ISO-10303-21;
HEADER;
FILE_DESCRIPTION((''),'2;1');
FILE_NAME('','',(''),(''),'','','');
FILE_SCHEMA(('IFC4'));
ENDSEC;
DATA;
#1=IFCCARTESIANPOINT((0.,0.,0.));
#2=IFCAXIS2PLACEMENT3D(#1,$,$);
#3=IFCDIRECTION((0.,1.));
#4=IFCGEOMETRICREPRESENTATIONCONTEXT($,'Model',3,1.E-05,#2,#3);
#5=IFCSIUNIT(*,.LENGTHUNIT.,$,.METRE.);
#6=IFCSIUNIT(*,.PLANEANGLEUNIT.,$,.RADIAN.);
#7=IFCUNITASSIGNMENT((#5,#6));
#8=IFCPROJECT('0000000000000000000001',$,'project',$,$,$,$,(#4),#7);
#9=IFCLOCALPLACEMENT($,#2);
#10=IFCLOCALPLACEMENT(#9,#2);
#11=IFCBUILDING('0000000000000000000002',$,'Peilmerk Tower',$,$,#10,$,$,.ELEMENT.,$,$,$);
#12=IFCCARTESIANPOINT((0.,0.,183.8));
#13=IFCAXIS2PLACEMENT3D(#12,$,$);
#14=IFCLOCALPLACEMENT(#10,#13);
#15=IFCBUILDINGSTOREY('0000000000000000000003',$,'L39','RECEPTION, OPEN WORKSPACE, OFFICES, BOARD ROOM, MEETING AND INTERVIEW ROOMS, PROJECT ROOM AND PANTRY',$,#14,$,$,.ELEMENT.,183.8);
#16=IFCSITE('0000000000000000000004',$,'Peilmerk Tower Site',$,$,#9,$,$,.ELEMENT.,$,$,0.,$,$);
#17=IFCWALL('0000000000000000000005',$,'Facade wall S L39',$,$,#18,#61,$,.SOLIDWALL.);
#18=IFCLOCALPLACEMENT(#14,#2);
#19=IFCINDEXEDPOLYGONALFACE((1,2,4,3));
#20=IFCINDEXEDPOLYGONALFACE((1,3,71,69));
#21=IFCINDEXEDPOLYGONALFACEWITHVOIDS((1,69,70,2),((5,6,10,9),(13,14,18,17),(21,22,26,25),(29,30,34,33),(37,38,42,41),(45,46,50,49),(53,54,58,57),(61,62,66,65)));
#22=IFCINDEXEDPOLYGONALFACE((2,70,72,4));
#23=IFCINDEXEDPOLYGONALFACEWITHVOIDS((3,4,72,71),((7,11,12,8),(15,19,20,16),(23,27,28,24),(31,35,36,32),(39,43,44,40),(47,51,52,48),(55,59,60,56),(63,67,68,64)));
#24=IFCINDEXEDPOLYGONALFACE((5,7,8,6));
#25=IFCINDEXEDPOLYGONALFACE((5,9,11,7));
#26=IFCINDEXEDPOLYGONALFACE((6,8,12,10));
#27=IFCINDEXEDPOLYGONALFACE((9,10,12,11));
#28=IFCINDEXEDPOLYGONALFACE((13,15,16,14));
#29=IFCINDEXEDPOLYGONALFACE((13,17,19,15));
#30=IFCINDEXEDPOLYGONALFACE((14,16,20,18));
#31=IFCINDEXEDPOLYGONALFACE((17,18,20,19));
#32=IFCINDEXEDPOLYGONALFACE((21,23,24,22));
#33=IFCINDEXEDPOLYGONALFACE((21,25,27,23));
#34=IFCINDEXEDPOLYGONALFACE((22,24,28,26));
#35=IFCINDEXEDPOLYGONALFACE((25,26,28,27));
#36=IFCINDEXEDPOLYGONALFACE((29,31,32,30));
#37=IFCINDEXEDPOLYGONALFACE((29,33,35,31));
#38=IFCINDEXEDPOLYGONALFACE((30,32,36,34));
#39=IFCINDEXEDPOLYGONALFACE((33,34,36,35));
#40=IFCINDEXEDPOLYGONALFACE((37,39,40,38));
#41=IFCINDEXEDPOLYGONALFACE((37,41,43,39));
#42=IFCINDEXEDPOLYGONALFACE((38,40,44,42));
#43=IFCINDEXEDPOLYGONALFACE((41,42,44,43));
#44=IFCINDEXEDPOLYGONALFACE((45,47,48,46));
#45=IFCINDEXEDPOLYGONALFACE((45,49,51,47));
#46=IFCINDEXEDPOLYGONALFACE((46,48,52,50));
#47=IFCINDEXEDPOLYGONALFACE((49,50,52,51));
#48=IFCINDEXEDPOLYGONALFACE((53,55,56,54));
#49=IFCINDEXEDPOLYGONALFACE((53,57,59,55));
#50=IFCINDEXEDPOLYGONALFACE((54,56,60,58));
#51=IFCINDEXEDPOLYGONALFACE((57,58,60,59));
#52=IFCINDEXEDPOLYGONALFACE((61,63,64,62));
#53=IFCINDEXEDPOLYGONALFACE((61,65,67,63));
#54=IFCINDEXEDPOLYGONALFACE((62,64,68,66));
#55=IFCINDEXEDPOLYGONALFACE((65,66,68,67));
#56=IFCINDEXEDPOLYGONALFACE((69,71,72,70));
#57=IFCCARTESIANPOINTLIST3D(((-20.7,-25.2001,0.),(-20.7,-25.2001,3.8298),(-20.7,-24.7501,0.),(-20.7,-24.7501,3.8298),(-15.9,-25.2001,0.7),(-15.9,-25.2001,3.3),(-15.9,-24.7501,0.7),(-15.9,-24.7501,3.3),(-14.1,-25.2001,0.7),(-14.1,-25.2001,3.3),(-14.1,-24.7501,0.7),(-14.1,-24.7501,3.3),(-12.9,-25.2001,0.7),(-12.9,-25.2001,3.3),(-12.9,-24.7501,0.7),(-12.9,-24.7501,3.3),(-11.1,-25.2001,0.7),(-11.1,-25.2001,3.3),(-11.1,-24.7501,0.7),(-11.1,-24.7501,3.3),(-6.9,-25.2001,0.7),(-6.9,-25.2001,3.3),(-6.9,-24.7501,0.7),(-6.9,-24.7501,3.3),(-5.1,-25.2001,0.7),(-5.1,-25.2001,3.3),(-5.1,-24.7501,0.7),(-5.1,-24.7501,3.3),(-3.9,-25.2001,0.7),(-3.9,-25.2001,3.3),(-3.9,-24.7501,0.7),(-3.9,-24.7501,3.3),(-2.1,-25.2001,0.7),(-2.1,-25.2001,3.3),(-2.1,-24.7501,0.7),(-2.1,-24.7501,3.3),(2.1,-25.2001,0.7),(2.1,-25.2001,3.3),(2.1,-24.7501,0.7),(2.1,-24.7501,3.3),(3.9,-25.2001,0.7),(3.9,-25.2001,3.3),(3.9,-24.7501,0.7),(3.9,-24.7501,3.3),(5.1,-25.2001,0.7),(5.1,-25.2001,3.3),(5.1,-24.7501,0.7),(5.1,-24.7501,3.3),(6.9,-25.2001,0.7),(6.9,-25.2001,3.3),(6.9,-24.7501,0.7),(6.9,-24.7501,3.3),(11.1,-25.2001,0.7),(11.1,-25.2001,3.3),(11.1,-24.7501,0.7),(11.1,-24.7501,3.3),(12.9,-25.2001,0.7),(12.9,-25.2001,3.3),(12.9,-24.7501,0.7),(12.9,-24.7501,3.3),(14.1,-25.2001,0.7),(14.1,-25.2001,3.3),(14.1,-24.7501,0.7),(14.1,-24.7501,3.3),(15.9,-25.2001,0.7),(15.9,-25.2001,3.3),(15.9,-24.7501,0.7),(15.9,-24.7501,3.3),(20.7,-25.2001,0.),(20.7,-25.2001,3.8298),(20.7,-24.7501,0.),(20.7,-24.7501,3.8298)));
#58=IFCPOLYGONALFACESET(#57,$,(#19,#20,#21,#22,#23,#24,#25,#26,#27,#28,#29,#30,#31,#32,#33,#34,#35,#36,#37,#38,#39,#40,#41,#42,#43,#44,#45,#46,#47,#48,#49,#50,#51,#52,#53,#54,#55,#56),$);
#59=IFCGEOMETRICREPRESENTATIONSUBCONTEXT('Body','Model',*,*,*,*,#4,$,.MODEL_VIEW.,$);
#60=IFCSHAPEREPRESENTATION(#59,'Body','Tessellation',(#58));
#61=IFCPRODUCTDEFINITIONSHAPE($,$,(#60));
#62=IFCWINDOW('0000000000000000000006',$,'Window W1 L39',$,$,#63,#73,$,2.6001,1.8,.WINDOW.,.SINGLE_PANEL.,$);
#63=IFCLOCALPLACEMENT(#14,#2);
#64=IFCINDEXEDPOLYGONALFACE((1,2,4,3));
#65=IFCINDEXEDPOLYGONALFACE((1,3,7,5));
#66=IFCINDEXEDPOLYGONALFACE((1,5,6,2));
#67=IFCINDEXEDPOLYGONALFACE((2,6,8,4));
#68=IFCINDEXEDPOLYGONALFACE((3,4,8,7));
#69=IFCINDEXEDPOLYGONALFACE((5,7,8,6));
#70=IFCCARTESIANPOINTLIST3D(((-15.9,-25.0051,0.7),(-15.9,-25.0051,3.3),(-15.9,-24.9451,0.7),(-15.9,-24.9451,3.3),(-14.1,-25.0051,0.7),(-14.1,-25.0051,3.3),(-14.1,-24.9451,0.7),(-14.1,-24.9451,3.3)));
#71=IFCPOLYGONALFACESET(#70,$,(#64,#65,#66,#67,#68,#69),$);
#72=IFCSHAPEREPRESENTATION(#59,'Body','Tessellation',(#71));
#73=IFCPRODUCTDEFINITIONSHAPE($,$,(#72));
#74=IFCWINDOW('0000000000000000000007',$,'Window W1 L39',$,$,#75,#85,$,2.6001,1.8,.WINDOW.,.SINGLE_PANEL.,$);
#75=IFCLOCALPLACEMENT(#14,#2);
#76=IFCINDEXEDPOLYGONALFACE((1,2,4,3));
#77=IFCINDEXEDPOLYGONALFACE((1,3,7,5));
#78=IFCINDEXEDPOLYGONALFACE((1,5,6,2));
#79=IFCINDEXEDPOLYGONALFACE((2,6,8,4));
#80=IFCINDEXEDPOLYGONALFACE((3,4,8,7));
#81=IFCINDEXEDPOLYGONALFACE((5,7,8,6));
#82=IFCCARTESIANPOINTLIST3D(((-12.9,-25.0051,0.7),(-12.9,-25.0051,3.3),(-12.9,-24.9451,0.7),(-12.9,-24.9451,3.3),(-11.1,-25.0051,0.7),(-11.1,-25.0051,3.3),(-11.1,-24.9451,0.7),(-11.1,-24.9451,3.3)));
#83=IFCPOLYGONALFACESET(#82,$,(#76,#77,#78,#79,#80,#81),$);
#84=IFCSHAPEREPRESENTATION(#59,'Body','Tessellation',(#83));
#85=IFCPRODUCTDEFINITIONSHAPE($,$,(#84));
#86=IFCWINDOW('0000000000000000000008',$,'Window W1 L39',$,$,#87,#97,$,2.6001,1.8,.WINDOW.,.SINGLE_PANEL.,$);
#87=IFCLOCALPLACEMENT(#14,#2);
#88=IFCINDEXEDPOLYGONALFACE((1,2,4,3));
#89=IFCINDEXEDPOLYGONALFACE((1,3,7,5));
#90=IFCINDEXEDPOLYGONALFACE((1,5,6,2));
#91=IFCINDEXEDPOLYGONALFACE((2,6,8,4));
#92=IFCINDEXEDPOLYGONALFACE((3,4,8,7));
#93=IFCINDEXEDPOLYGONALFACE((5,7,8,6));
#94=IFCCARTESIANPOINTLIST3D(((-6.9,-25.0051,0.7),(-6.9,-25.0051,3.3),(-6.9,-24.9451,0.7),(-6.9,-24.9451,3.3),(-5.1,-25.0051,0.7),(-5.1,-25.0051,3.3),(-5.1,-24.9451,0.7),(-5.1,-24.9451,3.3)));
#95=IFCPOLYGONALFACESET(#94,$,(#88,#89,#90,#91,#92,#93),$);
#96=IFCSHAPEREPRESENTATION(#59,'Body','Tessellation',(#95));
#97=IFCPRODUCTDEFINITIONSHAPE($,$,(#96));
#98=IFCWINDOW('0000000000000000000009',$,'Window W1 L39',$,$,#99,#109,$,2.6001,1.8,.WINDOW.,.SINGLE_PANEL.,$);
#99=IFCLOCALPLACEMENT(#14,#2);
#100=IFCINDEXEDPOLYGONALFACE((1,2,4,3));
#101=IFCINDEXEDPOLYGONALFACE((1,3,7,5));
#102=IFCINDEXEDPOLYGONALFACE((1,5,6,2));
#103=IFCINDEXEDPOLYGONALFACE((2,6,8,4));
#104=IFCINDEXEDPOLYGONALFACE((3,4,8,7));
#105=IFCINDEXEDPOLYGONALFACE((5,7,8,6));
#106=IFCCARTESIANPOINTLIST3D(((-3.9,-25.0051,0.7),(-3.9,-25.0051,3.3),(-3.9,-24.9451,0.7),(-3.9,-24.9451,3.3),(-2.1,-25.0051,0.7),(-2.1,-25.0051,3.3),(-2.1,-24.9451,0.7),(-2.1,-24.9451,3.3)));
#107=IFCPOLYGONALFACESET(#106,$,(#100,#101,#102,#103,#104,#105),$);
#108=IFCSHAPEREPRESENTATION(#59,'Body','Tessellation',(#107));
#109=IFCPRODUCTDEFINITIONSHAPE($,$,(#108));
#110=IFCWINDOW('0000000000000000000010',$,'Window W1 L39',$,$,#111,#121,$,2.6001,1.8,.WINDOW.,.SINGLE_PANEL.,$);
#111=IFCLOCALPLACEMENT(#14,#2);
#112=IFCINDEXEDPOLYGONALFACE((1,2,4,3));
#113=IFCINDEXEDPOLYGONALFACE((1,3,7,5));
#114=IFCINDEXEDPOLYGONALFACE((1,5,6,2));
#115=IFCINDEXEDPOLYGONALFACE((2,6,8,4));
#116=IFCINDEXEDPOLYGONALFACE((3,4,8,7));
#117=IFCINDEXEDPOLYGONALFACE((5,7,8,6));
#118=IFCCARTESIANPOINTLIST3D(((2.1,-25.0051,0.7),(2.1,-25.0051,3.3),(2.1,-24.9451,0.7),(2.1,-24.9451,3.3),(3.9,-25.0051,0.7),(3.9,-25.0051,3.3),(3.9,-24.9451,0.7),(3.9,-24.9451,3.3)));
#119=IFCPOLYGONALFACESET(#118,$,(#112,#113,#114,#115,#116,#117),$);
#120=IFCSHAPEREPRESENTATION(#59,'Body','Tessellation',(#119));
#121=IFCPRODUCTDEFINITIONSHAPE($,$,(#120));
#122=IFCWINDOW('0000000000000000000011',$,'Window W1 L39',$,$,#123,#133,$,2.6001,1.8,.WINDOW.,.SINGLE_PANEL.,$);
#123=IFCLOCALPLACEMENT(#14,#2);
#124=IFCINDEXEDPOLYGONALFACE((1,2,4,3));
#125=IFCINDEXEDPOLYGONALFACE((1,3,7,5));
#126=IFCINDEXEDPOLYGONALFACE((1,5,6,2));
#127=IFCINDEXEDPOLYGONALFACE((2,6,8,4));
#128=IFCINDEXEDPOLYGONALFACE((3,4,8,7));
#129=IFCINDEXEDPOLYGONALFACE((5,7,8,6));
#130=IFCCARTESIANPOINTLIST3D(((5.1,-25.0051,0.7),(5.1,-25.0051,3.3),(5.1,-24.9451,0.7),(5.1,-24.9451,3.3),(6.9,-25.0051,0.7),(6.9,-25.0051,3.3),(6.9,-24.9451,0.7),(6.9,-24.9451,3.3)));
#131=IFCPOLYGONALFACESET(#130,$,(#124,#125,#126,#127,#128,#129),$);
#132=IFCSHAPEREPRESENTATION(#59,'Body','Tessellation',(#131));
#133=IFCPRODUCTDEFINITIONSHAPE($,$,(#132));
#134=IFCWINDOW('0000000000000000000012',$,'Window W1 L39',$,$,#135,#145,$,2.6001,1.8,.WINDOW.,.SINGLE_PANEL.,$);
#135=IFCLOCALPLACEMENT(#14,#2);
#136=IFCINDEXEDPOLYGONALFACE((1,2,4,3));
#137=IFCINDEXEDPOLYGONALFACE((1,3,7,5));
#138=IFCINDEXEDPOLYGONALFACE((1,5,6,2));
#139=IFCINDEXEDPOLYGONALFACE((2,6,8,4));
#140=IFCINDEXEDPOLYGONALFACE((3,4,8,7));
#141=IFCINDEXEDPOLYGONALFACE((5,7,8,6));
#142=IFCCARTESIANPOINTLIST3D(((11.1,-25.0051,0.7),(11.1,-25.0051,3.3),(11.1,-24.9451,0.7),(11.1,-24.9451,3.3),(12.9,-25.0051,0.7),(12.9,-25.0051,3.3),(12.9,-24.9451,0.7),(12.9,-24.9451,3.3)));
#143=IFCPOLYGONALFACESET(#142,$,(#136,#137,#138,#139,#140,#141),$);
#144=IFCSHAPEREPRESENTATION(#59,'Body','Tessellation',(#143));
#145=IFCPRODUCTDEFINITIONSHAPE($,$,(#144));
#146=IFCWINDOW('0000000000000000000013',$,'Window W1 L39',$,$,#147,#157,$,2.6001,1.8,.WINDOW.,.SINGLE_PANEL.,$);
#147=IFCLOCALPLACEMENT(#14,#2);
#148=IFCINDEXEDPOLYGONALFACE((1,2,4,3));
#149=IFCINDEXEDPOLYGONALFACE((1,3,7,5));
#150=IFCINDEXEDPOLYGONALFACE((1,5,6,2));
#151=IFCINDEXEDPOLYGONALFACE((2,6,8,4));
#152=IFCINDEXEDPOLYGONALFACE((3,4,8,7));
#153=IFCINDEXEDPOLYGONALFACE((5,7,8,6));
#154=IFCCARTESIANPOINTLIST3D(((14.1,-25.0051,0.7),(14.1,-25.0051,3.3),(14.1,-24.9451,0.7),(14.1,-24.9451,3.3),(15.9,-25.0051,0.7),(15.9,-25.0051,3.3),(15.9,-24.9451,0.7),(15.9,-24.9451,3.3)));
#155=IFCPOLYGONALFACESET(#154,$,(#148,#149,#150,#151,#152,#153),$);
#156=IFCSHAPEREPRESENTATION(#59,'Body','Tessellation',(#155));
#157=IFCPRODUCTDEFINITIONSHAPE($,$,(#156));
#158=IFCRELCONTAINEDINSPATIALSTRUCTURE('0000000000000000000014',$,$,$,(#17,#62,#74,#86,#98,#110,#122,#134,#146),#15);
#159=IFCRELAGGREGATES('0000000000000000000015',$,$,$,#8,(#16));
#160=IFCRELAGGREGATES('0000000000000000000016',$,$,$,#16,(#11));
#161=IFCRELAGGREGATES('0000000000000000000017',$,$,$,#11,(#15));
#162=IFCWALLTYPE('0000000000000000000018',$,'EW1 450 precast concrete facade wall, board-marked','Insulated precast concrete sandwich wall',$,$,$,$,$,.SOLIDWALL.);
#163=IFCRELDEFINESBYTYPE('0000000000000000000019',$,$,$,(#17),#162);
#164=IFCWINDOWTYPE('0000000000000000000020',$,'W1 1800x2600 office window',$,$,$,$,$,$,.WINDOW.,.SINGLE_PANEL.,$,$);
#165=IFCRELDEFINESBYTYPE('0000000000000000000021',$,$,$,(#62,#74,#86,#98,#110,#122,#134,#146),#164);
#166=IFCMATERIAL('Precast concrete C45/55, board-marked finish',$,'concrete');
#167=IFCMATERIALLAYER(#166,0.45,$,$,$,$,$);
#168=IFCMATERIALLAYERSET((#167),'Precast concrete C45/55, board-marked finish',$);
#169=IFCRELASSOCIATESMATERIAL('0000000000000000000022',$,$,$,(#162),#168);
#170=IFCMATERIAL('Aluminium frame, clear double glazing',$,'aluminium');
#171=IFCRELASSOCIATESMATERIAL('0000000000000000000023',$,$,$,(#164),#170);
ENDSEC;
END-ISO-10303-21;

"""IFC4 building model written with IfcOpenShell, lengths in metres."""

from ifc_helpers import new_model, si_unit, direction, frame, frame_2d, origin, place, context, subcontext, project, spatial, rectangle, extrude, material, layer, layer_set, type_object, element, fill, save


model = new_model("IFC4")

# Units and contexts
model_context = context("Model", 3, precision=1e-05, world=origin(), true_north=direction((0.0, 1.0)))
body_context = subcontext(model_context, "Body", "Model", "MODEL_VIEW")
ifc_project = project(units=[si_unit("LENGTHUNIT", "METRE"), si_unit("PLANEANGLEUNIT", "RADIAN")], contexts=[model_context])

# Site, building, storey
site_placement = place(None, origin())
site = spatial("IfcSite", under=ifc_project, at=site_placement, Name="Peilmerk Tower Site", CompositionType="ELEMENT", RefElevation=0.0)
building_placement = place(site_placement, origin())
building = spatial("IfcBuilding", under=site, at=building_placement, Name="Peilmerk Tower", CompositionType="ELEMENT")
storey_placement = place(building_placement, frame((0.0, 0.0, 183.8)))
storey = spatial("IfcBuildingStorey", under=building, at=storey_placement, Name="L39", Description="RECEPTION, OPEN WORKSPACE, OFFICES, BOARD ROOM, MEETING AND INTERVIEW ROOMS, PROJECT ROOM AND PANTRY", CompositionType="ELEMENT", Elevation=183.8)

# Wall, openings, windows
ifc_material_1 = material(Name="Precast concrete C45/55, board-marked finish", Category="concrete")
ifc_layer_1 = layer(ifc_material_1, 0.45)
ifc_layer_set_1 = layer_set([ifc_layer_1], Name="Precast concrete C45/55, board-marked finish")
wall_type = type_object("IfcWallType", Name="EW1 450 precast concrete facade wall, board-marked", Description="Insulated precast concrete sandwich wall", PredefinedType="SOLIDWALL", material=ifc_layer_set_1)
wall_placement = place(storey_placement, frame((-20.7, -24.9751, 0.0), z_axis=(0.0, 0.0, 1.0), x_axis=(1.0, 0.0, 0.0)))
wall = element("IfcWall", 1, at=wall_placement, inside=storey, type_object=wall_type, Name="Facade wall S L39", PredefinedType="SOLIDWALL", context=body_context, shape_type="SweptSolid", body=[
    extrude(rectangle(XDim=41.3999, YDim=0.45, at=frame_2d((20.7, 0.0))), origin(), (0.0, 0.0, 1.0), 3.8298),
])
opening_1_placement = place(wall_placement, frame((4.8, 0.0, 0.7)))
opening_1 = element("IfcOpeningElement", 2, at=opening_1_placement, cuts=wall, PredefinedType="OPENING", context=body_context, shape_type="SweptSolid", body=[
    extrude(rectangle(XDim=1.8, YDim=2.6001, at=frame_2d((0.8999, 1.3))), frame((0.0, 0.2349, 0.0), z_axis=(0.0, -1.0, 0.0), x_axis=(1.0, 0.0, 0.0)), (0.0, 0.0, 1.0), 0.47),
])
opening_2_placement = place(wall_placement, frame((7.8, 0.0, 0.7)))
opening_2 = element("IfcOpeningElement", 3, at=opening_2_placement, cuts=wall, PredefinedType="OPENING", context=body_context, shape_type="SweptSolid", body=[
    extrude(rectangle(XDim=1.8, YDim=2.6001, at=frame_2d((0.8999, 1.3))), frame((0.0, 0.2349, 0.0), z_axis=(0.0, -1.0, 0.0), x_axis=(1.0, 0.0, 0.0)), (0.0, 0.0, 1.0), 0.47),
])
opening_3_placement = place(wall_placement, frame((13.8, 0.0, 0.7)))
opening_3 = element("IfcOpeningElement", 4, at=opening_3_placement, cuts=wall, PredefinedType="OPENING", context=body_context, shape_type="SweptSolid", body=[
    extrude(rectangle(XDim=1.8, YDim=2.6001, at=frame_2d((0.8999, 1.3))), frame((0.0, 0.2349, 0.0), z_axis=(0.0, -1.0, 0.0), x_axis=(1.0, 0.0, 0.0)), (0.0, 0.0, 1.0), 0.47),
])
opening_4_placement = place(wall_placement, frame((16.8, 0.0, 0.7)))
opening_4 = element("IfcOpeningElement", 5, at=opening_4_placement, cuts=wall, PredefinedType="OPENING", context=body_context, shape_type="SweptSolid", body=[
    extrude(rectangle(XDim=1.8, YDim=2.6001, at=frame_2d((0.8999, 1.3))), frame((0.0, 0.2349, 0.0), z_axis=(0.0, -1.0, 0.0), x_axis=(1.0, 0.0, 0.0)), (0.0, 0.0, 1.0), 0.47),
])
opening_5_placement = place(wall_placement, frame((22.8, 0.0, 0.7)))
opening_5 = element("IfcOpeningElement", 6, at=opening_5_placement, cuts=wall, PredefinedType="OPENING", context=body_context, shape_type="SweptSolid", body=[
    extrude(rectangle(XDim=1.8, YDim=2.6001, at=frame_2d((0.8999, 1.3))), frame((0.0, 0.2349, 0.0), z_axis=(0.0, -1.0, 0.0), x_axis=(1.0, 0.0, 0.0)), (0.0, 0.0, 1.0), 0.47),
])
opening_6_placement = place(wall_placement, frame((25.8, 0.0, 0.7)))
opening_6 = element("IfcOpeningElement", 7, at=opening_6_placement, cuts=wall, PredefinedType="OPENING", context=body_context, shape_type="SweptSolid", body=[
    extrude(rectangle(XDim=1.8, YDim=2.6001, at=frame_2d((0.8999, 1.3))), frame((0.0, 0.2349, 0.0), z_axis=(0.0, -1.0, 0.0), x_axis=(1.0, 0.0, 0.0)), (0.0, 0.0, 1.0), 0.47),
])
opening_7_placement = place(wall_placement, frame((31.8, 0.0, 0.7)))
opening_7 = element("IfcOpeningElement", 8, at=opening_7_placement, cuts=wall, PredefinedType="OPENING", context=body_context, shape_type="SweptSolid", body=[
    extrude(rectangle(XDim=1.8, YDim=2.6001, at=frame_2d((0.8999, 1.3))), frame((0.0, 0.2349, 0.0), z_axis=(0.0, -1.0, 0.0), x_axis=(1.0, 0.0, 0.0)), (0.0, 0.0, 1.0), 0.47),
])
opening_8_placement = place(wall_placement, frame((34.8, 0.0, 0.7)))
opening_8 = element("IfcOpeningElement", 9, at=opening_8_placement, cuts=wall, PredefinedType="OPENING", context=body_context, shape_type="SweptSolid", body=[
    extrude(rectangle(XDim=1.8, YDim=2.6001, at=frame_2d((0.8999, 1.3))), frame((0.0, 0.2349, 0.0), z_axis=(0.0, -1.0, 0.0), x_axis=(1.0, 0.0, 0.0)), (0.0, 0.0, 1.0), 0.47),
])
ifc_material_2 = material(Name="Aluminium frame, clear double glazing", Category="aluminium")
window_type = type_object("IfcWindowType", Name="W1 1800x2600 office window", PartitioningType="SINGLE_PANEL", PredefinedType="WINDOW", material=ifc_material_2)
window_1_placement = place(opening_1_placement, origin())
window_1 = element("IfcWindow", 10, at=window_1_placement, inside=storey, type_object=window_type, Name="Window W1 L39", OverallHeight=2.6001, OverallWidth=1.8, PartitioningType="SINGLE_PANEL", PredefinedType="WINDOW", context=body_context, shape_type="SweptSolid", body=[
    extrude(rectangle(XDim=1.8, YDim=2.6001, at=frame_2d((0.8999, 1.3))), frame((0.0, 0.03, 0.0), z_axis=(0.0, -1.0, 0.0), x_axis=(1.0, 0.0, 0.0)), (0.0, 0.0, 1.0), 0.0601),
])
fill(opening_1, window_1)
window_2_placement = place(opening_2_placement, origin())
window_2 = element("IfcWindow", 11, at=window_2_placement, inside=storey, type_object=window_type, Name="Window W1 L39", OverallHeight=2.6001, OverallWidth=1.8, PartitioningType="SINGLE_PANEL", PredefinedType="WINDOW", context=body_context, shape_type="SweptSolid", body=[
    extrude(rectangle(XDim=1.8, YDim=2.6001, at=frame_2d((0.8999, 1.3))), frame((0.0, 0.03, 0.0), z_axis=(0.0, -1.0, 0.0), x_axis=(1.0, 0.0, 0.0)), (0.0, 0.0, 1.0), 0.0601),
])
fill(opening_2, window_2)
window_3_placement = place(opening_3_placement, origin())
window_3 = element("IfcWindow", 12, at=window_3_placement, inside=storey, type_object=window_type, Name="Window W1 L39", OverallHeight=2.6001, OverallWidth=1.8, PartitioningType="SINGLE_PANEL", PredefinedType="WINDOW", context=body_context, shape_type="SweptSolid", body=[
    extrude(rectangle(XDim=1.8, YDim=2.6001, at=frame_2d((0.8999, 1.3))), frame((0.0, 0.03, 0.0), z_axis=(0.0, -1.0, 0.0), x_axis=(1.0, 0.0, 0.0)), (0.0, 0.0, 1.0), 0.0601),
])
fill(opening_3, window_3)
window_4_placement = place(opening_4_placement, origin())
window_4 = element("IfcWindow", 13, at=window_4_placement, inside=storey, type_object=window_type, Name="Window W1 L39", OverallHeight=2.6001, OverallWidth=1.8, PartitioningType="SINGLE_PANEL", PredefinedType="WINDOW", context=body_context, shape_type="SweptSolid", body=[
    extrude(rectangle(XDim=1.8, YDim=2.6001, at=frame_2d((0.8999, 1.3))), frame((0.0, 0.03, 0.0), z_axis=(0.0, -1.0, 0.0), x_axis=(1.0, 0.0, 0.0)), (0.0, 0.0, 1.0), 0.0601),
])
fill(opening_4, window_4)
window_5_placement = place(opening_5_placement, origin())
window_5 = element("IfcWindow", 14, at=window_5_placement, inside=storey, type_object=window_type, Name="Window W1 L39", OverallHeight=2.6001, OverallWidth=1.8, PartitioningType="SINGLE_PANEL", PredefinedType="WINDOW", context=body_context, shape_type="SweptSolid", body=[
    extrude(rectangle(XDim=1.8, YDim=2.6001, at=frame_2d((0.8999, 1.3))), frame((0.0, 0.03, 0.0), z_axis=(0.0, -1.0, 0.0), x_axis=(1.0, 0.0, 0.0)), (0.0, 0.0, 1.0), 0.0601),
])
fill(opening_5, window_5)
window_6_placement = place(opening_6_placement, origin())
window_6 = element("IfcWindow", 15, at=window_6_placement, inside=storey, type_object=window_type, Name="Window W1 L39", OverallHeight=2.6001, OverallWidth=1.8, PartitioningType="SINGLE_PANEL", PredefinedType="WINDOW", context=body_context, shape_type="SweptSolid", body=[
    extrude(rectangle(XDim=1.8, YDim=2.6001, at=frame_2d((0.8999, 1.3))), frame((0.0, 0.03, 0.0), z_axis=(0.0, -1.0, 0.0), x_axis=(1.0, 0.0, 0.0)), (0.0, 0.0, 1.0), 0.0601),
])
fill(opening_6, window_6)
window_7_placement = place(opening_7_placement, origin())
window_7 = element("IfcWindow", 16, at=window_7_placement, inside=storey, type_object=window_type, Name="Window W1 L39", OverallHeight=2.6001, OverallWidth=1.8, PartitioningType="SINGLE_PANEL", PredefinedType="WINDOW", context=body_context, shape_type="SweptSolid", body=[
    extrude(rectangle(XDim=1.8, YDim=2.6001, at=frame_2d((0.8999, 1.3))), frame((0.0, 0.03, 0.0), z_axis=(0.0, -1.0, 0.0), x_axis=(1.0, 0.0, 0.0)), (0.0, 0.0, 1.0), 0.0601),
])
fill(opening_7, window_7)
window_8_placement = place(opening_8_placement, origin())
window_8 = element("IfcWindow", 17, at=window_8_placement, inside=storey, type_object=window_type, Name="Window W1 L39", OverallHeight=2.6001, OverallWidth=1.8, PartitioningType="SINGLE_PANEL", PredefinedType="WINDOW", context=body_context, shape_type="SweptSolid", body=[
    extrude(rectangle(XDim=1.8, YDim=2.6001, at=frame_2d((0.8999, 1.3))), frame((0.0, 0.03, 0.0), z_axis=(0.0, -1.0, 0.0), x_axis=(1.0, 0.0, 0.0)), (0.0, 0.0, 1.0), 0.0601),
])
fill(opening_8, window_8)

save(model, "model.ifc")
